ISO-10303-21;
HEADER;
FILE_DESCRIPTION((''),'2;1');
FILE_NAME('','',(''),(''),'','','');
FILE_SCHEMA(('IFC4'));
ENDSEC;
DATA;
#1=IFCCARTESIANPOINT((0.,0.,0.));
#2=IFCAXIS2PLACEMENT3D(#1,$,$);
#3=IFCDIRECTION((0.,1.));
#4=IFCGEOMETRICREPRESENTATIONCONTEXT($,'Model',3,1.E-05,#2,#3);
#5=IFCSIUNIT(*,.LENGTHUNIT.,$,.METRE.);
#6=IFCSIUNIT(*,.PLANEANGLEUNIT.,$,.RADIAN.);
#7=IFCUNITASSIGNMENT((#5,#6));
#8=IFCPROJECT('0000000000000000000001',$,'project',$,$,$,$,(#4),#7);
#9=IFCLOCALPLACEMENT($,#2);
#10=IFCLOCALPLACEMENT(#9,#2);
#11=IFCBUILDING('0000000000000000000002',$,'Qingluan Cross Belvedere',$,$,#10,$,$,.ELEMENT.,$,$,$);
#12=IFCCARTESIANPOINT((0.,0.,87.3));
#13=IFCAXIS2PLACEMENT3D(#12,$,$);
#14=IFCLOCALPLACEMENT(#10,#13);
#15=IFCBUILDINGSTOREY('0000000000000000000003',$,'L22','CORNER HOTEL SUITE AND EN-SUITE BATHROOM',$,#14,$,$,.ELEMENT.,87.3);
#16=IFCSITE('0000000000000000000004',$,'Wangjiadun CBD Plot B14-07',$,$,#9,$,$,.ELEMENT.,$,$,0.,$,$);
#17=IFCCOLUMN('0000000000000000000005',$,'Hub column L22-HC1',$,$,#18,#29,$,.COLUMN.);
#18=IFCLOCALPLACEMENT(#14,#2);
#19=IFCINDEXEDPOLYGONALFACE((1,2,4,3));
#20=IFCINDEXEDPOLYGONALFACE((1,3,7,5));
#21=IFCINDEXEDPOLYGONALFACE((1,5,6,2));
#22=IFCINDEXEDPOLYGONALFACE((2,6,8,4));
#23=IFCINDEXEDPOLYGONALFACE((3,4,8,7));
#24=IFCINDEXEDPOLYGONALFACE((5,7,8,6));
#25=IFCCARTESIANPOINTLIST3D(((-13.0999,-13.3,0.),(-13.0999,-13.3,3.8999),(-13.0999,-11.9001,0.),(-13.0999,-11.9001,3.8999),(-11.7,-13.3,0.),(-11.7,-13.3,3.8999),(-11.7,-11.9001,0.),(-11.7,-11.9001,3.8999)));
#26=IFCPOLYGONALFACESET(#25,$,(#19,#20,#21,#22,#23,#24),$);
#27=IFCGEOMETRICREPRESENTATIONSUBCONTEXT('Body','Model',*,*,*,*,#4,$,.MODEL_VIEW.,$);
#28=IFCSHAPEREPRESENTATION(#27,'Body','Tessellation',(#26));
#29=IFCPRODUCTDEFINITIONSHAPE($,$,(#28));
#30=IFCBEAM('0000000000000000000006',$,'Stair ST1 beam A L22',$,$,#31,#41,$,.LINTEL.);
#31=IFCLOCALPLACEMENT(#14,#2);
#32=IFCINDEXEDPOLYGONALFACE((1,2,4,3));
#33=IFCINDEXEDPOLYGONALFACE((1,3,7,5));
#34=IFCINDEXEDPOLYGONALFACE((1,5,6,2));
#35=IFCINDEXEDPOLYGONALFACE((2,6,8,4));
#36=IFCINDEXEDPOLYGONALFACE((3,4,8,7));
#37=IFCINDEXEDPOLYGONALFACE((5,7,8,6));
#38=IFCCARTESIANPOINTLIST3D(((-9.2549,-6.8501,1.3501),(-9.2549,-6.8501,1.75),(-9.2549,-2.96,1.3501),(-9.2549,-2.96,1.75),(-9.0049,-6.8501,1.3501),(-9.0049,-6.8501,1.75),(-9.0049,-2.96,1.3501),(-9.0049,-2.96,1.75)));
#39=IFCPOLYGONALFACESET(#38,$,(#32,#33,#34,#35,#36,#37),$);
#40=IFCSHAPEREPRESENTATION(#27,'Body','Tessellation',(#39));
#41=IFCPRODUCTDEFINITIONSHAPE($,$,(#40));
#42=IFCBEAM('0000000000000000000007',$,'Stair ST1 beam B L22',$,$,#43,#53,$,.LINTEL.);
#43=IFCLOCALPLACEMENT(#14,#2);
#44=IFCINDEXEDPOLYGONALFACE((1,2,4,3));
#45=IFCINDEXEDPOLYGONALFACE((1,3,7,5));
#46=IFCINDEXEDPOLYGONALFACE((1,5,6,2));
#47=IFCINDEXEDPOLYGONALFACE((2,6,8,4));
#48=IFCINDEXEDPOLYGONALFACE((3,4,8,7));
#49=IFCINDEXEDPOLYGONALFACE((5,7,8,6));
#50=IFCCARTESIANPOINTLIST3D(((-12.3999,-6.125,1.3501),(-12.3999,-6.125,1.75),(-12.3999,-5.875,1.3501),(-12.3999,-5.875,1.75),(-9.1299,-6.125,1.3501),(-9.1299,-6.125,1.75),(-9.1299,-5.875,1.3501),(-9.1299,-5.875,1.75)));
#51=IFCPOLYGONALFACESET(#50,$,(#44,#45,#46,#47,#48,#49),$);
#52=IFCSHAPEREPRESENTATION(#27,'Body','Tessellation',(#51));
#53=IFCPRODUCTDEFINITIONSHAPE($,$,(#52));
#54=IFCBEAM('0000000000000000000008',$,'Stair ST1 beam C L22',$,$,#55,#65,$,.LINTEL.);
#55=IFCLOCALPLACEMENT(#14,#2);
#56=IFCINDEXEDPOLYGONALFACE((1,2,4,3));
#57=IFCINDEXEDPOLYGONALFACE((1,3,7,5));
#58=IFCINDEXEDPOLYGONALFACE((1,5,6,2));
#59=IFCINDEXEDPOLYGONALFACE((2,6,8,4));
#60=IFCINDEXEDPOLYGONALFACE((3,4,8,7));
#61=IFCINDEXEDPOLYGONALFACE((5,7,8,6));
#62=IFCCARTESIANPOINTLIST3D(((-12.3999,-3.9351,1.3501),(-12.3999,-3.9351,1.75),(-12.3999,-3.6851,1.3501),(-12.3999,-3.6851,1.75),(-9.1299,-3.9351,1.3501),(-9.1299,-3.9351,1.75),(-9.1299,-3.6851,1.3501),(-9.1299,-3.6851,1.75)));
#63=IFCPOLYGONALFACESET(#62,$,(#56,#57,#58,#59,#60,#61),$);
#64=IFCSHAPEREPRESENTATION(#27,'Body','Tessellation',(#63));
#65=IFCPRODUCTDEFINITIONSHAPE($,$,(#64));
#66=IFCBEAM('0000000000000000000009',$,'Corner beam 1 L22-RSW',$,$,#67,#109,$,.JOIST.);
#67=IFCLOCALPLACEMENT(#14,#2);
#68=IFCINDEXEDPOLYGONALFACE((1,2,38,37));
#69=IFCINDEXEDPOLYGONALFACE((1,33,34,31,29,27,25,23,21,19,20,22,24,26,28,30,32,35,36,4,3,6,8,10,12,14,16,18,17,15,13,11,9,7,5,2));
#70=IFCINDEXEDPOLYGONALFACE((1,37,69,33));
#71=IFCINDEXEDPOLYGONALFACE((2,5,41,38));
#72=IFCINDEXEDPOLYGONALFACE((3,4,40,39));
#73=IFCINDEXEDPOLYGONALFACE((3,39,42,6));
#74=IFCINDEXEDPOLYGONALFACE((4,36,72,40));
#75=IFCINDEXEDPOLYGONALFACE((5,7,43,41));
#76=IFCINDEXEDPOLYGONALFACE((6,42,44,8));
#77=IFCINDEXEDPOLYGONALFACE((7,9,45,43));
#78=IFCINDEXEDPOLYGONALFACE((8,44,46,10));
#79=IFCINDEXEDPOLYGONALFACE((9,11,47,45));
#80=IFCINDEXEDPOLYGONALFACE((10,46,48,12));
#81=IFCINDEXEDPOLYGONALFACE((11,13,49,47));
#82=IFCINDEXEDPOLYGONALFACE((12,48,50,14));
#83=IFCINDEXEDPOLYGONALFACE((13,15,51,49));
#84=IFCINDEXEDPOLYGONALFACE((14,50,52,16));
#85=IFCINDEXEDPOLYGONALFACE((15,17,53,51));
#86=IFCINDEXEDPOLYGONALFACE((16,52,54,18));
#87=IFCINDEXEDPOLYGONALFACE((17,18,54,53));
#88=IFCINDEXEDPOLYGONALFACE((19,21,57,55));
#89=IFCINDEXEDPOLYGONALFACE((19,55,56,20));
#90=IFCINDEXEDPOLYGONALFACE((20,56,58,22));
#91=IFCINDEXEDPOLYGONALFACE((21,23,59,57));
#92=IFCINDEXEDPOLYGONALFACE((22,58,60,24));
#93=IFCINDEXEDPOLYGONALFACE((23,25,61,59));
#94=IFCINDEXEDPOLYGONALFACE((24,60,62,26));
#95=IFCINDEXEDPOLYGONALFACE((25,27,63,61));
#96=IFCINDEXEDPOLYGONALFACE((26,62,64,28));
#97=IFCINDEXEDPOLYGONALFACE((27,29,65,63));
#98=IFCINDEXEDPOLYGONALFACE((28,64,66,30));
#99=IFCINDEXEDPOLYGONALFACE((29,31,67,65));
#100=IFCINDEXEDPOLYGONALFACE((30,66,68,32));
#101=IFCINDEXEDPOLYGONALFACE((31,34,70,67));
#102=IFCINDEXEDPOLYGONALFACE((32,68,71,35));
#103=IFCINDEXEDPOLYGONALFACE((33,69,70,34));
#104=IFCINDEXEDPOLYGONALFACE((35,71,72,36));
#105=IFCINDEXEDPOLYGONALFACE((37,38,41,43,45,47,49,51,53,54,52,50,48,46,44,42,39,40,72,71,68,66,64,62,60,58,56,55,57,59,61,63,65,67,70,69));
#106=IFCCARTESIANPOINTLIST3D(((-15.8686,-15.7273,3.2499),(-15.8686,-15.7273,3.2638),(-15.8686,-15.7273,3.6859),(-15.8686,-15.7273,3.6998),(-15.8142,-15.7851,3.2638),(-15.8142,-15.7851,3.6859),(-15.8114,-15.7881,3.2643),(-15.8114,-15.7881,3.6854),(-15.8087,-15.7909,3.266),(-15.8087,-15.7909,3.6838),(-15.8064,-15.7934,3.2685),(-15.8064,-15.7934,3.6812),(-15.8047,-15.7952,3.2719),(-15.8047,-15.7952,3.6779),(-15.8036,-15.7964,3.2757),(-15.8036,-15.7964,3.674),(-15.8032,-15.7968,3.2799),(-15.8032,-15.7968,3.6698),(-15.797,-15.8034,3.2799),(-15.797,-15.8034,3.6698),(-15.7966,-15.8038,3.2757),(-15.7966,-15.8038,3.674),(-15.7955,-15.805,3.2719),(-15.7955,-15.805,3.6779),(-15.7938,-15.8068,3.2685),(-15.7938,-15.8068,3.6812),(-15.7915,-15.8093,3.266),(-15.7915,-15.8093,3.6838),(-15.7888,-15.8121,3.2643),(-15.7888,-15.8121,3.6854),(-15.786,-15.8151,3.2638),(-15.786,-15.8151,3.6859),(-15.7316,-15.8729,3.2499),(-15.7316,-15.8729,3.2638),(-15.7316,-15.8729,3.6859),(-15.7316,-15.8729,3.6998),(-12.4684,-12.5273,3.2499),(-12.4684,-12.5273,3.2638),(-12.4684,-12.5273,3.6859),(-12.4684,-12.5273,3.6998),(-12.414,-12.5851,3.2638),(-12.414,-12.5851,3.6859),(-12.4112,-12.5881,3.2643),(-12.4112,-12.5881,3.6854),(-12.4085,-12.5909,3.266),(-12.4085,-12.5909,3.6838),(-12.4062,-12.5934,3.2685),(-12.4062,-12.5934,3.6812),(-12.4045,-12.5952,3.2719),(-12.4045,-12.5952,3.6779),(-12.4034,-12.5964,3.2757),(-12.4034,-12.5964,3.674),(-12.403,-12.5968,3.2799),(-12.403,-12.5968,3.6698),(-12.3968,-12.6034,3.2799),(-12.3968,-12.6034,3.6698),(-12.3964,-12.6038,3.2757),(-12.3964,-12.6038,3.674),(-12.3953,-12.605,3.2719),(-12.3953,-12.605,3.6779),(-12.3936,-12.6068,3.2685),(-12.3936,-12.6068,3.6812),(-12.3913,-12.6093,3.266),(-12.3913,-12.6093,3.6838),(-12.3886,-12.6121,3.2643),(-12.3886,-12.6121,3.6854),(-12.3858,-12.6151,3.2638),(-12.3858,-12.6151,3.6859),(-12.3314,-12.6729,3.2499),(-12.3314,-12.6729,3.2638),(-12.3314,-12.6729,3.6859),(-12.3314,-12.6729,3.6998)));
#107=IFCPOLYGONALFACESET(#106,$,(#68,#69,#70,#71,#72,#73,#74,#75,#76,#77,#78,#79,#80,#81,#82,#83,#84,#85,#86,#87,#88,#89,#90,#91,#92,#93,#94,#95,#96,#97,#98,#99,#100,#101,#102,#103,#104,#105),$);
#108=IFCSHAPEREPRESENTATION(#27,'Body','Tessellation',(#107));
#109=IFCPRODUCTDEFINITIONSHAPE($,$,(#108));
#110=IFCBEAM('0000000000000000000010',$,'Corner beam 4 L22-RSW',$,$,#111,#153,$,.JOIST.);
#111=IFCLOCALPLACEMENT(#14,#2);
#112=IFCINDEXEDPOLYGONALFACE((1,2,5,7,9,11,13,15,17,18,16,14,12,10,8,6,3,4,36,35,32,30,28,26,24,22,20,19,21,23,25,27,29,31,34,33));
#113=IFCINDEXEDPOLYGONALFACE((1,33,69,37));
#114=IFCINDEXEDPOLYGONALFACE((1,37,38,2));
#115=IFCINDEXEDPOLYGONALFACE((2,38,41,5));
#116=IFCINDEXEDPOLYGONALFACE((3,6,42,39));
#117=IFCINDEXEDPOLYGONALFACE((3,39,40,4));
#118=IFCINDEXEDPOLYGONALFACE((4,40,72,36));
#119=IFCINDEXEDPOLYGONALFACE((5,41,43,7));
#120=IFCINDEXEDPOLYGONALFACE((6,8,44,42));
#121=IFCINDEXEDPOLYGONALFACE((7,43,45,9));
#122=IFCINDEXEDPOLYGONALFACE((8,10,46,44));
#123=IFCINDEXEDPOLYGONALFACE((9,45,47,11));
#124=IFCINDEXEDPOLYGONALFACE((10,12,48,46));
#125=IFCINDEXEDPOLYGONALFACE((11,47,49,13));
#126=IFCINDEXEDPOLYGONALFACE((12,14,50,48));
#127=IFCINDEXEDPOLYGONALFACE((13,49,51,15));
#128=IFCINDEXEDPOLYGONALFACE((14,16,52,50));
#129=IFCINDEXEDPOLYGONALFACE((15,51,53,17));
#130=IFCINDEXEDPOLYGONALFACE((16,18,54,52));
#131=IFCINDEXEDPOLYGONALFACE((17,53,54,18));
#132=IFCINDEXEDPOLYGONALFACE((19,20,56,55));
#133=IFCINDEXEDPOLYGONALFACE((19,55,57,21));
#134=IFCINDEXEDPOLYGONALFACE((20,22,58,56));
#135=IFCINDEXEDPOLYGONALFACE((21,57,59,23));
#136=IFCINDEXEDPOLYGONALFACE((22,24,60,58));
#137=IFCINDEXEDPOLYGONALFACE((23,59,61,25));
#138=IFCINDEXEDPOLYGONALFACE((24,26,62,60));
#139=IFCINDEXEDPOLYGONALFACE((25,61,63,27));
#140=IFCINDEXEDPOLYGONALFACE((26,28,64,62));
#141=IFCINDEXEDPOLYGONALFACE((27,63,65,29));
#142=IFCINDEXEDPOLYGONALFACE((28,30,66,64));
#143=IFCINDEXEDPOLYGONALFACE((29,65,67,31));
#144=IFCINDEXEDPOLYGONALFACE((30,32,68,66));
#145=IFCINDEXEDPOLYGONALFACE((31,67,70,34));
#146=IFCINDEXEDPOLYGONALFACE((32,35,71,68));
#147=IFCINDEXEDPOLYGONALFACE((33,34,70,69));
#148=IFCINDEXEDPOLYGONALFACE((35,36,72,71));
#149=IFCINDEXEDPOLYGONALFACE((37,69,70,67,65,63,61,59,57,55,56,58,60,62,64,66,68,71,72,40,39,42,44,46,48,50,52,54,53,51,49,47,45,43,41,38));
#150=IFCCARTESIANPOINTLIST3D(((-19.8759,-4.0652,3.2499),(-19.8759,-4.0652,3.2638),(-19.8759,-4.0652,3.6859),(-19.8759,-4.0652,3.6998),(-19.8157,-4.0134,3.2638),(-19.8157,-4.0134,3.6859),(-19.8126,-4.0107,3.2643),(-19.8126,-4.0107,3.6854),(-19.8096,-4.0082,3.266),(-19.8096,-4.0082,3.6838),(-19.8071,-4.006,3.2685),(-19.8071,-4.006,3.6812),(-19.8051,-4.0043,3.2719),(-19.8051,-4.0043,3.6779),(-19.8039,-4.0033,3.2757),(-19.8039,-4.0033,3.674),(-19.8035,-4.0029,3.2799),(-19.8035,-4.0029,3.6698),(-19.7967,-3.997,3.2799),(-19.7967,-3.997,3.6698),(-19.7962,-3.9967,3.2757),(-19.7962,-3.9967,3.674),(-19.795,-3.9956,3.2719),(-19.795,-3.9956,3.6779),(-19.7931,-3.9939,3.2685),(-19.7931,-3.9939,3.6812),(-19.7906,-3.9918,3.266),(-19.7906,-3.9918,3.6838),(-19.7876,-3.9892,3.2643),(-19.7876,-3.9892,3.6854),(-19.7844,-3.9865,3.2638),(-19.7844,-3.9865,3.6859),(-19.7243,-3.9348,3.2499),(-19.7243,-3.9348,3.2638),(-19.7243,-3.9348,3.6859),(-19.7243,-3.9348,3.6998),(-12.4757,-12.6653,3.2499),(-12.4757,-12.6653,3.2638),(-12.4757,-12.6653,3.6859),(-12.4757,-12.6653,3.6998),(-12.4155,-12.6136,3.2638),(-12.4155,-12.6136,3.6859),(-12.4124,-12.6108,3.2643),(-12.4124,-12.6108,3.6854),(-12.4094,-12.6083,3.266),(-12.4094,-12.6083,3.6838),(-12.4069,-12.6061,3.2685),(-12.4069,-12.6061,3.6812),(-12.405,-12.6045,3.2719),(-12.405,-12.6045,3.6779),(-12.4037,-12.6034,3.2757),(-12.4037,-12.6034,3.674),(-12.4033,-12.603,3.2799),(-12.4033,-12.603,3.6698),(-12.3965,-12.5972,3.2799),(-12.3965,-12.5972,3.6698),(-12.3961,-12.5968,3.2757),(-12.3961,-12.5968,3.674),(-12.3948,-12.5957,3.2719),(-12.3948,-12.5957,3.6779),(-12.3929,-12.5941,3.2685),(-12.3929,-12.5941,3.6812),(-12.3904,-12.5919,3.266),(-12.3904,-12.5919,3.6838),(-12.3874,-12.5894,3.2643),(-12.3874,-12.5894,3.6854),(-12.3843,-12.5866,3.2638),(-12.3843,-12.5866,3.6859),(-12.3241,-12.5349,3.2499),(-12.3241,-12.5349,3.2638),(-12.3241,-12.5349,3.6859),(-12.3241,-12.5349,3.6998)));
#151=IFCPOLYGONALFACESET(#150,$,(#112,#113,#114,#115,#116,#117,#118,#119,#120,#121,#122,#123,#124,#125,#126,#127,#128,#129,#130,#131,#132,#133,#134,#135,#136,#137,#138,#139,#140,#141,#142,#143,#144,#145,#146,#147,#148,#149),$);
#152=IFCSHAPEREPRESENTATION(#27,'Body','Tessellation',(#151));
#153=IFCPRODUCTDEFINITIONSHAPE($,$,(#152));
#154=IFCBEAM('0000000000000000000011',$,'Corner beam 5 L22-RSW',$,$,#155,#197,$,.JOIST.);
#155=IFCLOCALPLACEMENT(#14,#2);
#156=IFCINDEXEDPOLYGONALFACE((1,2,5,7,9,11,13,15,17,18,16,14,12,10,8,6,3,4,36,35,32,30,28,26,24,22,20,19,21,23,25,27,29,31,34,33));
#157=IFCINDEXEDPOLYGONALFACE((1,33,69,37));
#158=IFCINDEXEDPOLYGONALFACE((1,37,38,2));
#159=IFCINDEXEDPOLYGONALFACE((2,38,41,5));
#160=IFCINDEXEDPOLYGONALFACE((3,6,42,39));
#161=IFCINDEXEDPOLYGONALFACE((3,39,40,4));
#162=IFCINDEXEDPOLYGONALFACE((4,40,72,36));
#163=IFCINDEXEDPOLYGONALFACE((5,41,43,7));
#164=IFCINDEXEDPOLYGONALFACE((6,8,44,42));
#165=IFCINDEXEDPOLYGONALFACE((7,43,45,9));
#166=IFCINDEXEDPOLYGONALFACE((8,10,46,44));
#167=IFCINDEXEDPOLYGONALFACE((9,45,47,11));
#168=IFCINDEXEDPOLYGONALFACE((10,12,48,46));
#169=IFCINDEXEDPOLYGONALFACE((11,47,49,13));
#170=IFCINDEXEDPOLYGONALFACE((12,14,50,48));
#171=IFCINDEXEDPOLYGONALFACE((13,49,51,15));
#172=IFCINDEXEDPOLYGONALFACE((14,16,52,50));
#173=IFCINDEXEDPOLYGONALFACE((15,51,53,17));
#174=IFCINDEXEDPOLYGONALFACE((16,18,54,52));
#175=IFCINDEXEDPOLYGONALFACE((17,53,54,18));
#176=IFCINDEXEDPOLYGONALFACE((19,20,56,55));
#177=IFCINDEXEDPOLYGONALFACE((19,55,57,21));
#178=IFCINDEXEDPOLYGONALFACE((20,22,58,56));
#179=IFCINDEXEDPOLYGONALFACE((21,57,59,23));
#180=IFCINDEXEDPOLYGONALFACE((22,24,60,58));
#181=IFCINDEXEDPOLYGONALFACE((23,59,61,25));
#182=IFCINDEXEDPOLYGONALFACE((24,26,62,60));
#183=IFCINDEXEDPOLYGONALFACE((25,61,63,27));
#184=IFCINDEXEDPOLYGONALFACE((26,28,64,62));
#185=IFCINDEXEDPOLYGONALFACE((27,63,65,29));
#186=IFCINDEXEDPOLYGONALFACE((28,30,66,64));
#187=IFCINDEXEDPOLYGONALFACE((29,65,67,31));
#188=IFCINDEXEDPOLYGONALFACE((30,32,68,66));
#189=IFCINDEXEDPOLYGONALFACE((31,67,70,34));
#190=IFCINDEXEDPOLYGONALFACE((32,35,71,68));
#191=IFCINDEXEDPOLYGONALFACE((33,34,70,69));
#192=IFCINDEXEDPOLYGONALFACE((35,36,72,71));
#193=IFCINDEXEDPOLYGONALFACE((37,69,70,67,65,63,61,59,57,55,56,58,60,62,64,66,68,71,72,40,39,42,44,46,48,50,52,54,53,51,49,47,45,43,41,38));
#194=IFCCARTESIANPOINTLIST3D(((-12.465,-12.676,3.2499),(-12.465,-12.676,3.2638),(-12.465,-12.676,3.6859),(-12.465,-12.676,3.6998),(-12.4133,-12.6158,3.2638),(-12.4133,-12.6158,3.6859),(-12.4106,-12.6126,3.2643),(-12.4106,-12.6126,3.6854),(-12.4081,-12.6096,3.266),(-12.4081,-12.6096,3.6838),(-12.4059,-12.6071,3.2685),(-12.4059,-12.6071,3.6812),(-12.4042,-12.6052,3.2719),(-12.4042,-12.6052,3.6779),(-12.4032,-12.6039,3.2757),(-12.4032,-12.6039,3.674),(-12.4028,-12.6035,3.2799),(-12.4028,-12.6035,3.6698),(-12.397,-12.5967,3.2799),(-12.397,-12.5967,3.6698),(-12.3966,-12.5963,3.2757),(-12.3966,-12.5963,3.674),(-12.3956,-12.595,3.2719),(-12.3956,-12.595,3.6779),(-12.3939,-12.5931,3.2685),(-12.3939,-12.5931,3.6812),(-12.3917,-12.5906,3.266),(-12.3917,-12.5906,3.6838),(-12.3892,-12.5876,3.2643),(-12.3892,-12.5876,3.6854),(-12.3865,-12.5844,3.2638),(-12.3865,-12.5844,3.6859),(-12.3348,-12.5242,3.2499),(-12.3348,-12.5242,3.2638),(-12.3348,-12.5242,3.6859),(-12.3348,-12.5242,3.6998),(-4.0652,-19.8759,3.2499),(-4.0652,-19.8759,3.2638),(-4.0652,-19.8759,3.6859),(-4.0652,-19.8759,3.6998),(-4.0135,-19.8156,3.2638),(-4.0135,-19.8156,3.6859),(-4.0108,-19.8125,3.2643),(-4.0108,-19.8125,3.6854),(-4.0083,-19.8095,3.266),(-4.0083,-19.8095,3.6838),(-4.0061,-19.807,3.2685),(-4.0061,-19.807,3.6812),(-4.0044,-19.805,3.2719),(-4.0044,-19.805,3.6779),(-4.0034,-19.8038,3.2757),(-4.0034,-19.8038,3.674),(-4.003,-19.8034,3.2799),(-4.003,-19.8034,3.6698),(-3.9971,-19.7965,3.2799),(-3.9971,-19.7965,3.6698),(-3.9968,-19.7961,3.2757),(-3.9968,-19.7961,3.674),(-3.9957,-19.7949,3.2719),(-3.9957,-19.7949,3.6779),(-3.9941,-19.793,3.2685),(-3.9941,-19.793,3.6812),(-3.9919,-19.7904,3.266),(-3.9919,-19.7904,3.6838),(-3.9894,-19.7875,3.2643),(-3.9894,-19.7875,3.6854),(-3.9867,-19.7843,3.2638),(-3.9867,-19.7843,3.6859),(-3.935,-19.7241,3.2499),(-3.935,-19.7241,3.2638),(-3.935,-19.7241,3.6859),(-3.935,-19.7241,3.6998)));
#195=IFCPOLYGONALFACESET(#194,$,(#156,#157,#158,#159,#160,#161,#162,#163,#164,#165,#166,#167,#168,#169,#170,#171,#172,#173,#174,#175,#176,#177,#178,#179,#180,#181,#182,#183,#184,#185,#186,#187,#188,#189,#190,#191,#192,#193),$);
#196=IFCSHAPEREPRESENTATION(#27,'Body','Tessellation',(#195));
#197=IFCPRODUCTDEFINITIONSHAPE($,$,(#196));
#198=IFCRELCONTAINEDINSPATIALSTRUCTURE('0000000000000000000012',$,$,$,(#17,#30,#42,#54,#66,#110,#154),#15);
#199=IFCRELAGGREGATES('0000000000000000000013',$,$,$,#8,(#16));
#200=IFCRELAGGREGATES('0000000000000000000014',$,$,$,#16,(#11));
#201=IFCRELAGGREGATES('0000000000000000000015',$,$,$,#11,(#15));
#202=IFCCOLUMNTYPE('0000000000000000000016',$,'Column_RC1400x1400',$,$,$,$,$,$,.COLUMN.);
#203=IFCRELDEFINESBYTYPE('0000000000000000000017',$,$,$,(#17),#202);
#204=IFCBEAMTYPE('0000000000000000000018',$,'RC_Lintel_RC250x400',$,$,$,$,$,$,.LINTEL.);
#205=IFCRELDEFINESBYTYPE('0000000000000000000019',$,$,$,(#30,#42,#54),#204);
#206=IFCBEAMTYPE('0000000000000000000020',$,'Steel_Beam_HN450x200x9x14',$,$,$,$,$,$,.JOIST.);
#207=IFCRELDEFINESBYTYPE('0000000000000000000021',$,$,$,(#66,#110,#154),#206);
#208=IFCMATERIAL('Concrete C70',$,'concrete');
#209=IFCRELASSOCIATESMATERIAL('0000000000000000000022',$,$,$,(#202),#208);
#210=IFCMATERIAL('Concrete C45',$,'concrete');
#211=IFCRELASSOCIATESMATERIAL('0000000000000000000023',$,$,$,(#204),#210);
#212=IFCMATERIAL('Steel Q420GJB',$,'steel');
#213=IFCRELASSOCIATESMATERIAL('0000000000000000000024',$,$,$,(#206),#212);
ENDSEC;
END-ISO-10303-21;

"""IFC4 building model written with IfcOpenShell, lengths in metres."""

from ifc_helpers import new_model, si_unit, direction, frame, origin, origin_2d, place, context, subcontext, project, spatial, rectangle, i_section, extrude, material, material_profile, profile_set, type_object, element, save


model = new_model("IFC4")

# Units and contexts
model_context = context("Model", 3, precision=1e-05, world=origin(), true_north=direction((0.0, 1.0)))
body_context = subcontext(model_context, "Body", "Model", "MODEL_VIEW")
ifc_project = project(units=[si_unit("LENGTHUNIT", "METRE"), si_unit("PLANEANGLEUNIT", "RADIAN")], contexts=[model_context])

# Site, building, storey
site_placement = place(None, origin())
site = spatial("IfcSite", under=ifc_project, at=site_placement, Name="Wangjiadun CBD Plot B14-07", CompositionType="ELEMENT", RefElevation=0.0)
building_placement = place(site_placement, origin())
building = spatial("IfcBuilding", under=site, at=building_placement, Name="Qingluan Cross Belvedere", CompositionType="ELEMENT")
storey_placement = place(building_placement, frame((0.0, 0.0, 87.3)))
storey = spatial("IfcBuildingStorey", under=building, at=storey_placement, Name="L22", Description="CORNER HOTEL SUITE AND EN-SUITE BATHROOM", CompositionType="ELEMENT", Elevation=87.3)

# Column
ifc_material_1 = material(Name="Concrete C70", Category="concrete")
ifc_material_profile_1 = material_profile(ifc_material_1, rectangle(XDim=1.3999, YDim=1.3999, at=origin_2d()), Name="RC1400x1400")
ifc_profile_set_1 = profile_set([ifc_material_profile_1], Name="Concrete C70")
column_type = type_object("IfcColumnType", Name="Column_RC1400x1400", PredefinedType="COLUMN", material=ifc_profile_set_1)
column_placement = place(storey_placement, frame((-12.3999, -12.6001, 0.0), z_axis=(0.0, 0.0, 1.0), x_axis=(1.0, 0.0, 0.0)))
element("IfcColumn", 1, at=column_placement, inside=storey, type_object=column_type, Name="Hub column L22-HC1", PredefinedType="COLUMN", context=body_context, shape_type="SweptSolid", body=[
    extrude(rectangle(XDim=1.3999, YDim=1.3999, at=origin_2d()), origin(), (0.0, 0.0, 1.0), 3.8999),
])

# Beams
ifc_material_2 = material(Name="Concrete C45", Category="concrete")
ifc_material_profile_2 = material_profile(ifc_material_2, rectangle(XDim=0.25, YDim=0.3999, at=origin_2d()), Name="RC250x400")
ifc_profile_set_2 = profile_set([ifc_material_profile_2], Name="Concrete C45")
beam_type_1 = type_object("IfcBeamType", Name="RC_Lintel_RC250x400", PredefinedType="LINTEL", material=ifc_profile_set_2)
beam_1_placement = place(storey_placement, frame((-9.1299, -6.8501, 1.55), z_axis=(0.0, 1.0, 0.0), x_axis=(-1.0, 0.0, 0.0)))
element("IfcBeam", 2, at=beam_1_placement, inside=storey, type_object=beam_type_1, Name="Stair ST1 beam A L22", PredefinedType="LINTEL", context=body_context, shape_type="SweptSolid", body=[
    extrude(rectangle(XDim=0.25, YDim=0.3999, at=origin_2d()), origin(), (0.0, 0.0, 1.0), 3.8901),
])
for number, where, z_axis, x_axis, name in (
    (3, (-12.3999, -6.0, 1.55), (1.0, 0.0, 0.0), (0.0, 1.0, 0.0), "Stair ST1 beam B L22"),
    (4, (-12.3999, -3.8101, 1.55), (1.0, 0.0, 0.0), (0.0, 1.0, 0.0), "Stair ST1 beam C L22"),
):
    element("IfcBeam", number, at=place(storey_placement, frame(where, z_axis=z_axis, x_axis=x_axis)), inside=storey, type_object=beam_type_1, Name=name, PredefinedType="LINTEL", context=body_context, shape_type="SweptSolid", body=[
        extrude(rectangle(XDim=0.25, YDim=0.3999, at=origin_2d()), origin(), (0.0, 0.0, 1.0), 3.27),
    ])
ifc_material_3 = material(Name="Steel Q420GJB", Category="steel")
ifc_material_profile_3 = material_profile(ifc_material_3, i_section(OverallWidth=0.2, OverallDepth=0.45, WebThickness=0.009, FlangeThickness=0.0139, FilletRadius=0.0161, at=origin_2d()), Name="HN450x200x9x14")
ifc_profile_set_3 = profile_set([ifc_material_profile_3], Name="Steel Q420GJB")
beam_type_2 = type_object("IfcBeamType", Name="Steel_Beam_HN450x200x9x14", PredefinedType="JOIST", material=ifc_profile_set_3)
beam_2_placement = place(storey_placement, frame((-12.3999, -12.6001, 3.4749), z_axis=(-0.72822, -0.685343, 0.0), x_axis=(0.685343, -0.72822, 0.0)))
element("IfcBeam", 5, at=beam_2_placement, inside=storey, type_object=beam_type_2, Name="Corner beam 1 L22-RSW", PredefinedType="JOIST", context=body_context, shape_type="SweptSolid", body=[
    extrude(i_section(OverallWidth=0.2, OverallDepth=0.45, WebThickness=0.009, FlangeThickness=0.0139, FilletRadius=0.0161, at=origin_2d()), origin(), (0.0, 0.0, 1.0), 4.6692),
])
beam_3_placement = place(storey_placement, frame((-12.3999, -12.6001, 3.4749), z_axis=(-0.652245, 0.758008, 0.0), x_axis=(-0.758008, -0.652245, 0.0)))
element("IfcBeam", 6, at=beam_3_placement, inside=storey, type_object=beam_type_2, Name="Corner beam 4 L22-RSW", PredefinedType="JOIST", context=body_context, shape_type="SweptSolid", body=[
    extrude(i_section(OverallWidth=0.2, OverallDepth=0.45, WebThickness=0.009, FlangeThickness=0.0139, FilletRadius=0.0161, at=origin_2d()), origin(), (0.0, 0.0, 1.0), 11.3457),
])
beam_4_placement = place(storey_placement, frame((-12.3999, -12.6001, 3.4749), z_axis=(0.759255, -0.650793, 0.0), x_axis=(0.650793, 0.759255, 0.0)))
element("IfcBeam", 7, at=beam_4_placement, inside=storey, type_object=beam_type_2, Name="Corner beam 5 L22-RSW", PredefinedType="JOIST", context=body_context, shape_type="SweptSolid", body=[
    extrude(i_section(OverallWidth=0.2, OverallDepth=0.45, WebThickness=0.009, FlangeThickness=0.0139, FilletRadius=0.0161, at=origin_2d()), origin(), (0.0, 0.0, 1.0), 11.0632),
])

save(model, "model.ifc")
